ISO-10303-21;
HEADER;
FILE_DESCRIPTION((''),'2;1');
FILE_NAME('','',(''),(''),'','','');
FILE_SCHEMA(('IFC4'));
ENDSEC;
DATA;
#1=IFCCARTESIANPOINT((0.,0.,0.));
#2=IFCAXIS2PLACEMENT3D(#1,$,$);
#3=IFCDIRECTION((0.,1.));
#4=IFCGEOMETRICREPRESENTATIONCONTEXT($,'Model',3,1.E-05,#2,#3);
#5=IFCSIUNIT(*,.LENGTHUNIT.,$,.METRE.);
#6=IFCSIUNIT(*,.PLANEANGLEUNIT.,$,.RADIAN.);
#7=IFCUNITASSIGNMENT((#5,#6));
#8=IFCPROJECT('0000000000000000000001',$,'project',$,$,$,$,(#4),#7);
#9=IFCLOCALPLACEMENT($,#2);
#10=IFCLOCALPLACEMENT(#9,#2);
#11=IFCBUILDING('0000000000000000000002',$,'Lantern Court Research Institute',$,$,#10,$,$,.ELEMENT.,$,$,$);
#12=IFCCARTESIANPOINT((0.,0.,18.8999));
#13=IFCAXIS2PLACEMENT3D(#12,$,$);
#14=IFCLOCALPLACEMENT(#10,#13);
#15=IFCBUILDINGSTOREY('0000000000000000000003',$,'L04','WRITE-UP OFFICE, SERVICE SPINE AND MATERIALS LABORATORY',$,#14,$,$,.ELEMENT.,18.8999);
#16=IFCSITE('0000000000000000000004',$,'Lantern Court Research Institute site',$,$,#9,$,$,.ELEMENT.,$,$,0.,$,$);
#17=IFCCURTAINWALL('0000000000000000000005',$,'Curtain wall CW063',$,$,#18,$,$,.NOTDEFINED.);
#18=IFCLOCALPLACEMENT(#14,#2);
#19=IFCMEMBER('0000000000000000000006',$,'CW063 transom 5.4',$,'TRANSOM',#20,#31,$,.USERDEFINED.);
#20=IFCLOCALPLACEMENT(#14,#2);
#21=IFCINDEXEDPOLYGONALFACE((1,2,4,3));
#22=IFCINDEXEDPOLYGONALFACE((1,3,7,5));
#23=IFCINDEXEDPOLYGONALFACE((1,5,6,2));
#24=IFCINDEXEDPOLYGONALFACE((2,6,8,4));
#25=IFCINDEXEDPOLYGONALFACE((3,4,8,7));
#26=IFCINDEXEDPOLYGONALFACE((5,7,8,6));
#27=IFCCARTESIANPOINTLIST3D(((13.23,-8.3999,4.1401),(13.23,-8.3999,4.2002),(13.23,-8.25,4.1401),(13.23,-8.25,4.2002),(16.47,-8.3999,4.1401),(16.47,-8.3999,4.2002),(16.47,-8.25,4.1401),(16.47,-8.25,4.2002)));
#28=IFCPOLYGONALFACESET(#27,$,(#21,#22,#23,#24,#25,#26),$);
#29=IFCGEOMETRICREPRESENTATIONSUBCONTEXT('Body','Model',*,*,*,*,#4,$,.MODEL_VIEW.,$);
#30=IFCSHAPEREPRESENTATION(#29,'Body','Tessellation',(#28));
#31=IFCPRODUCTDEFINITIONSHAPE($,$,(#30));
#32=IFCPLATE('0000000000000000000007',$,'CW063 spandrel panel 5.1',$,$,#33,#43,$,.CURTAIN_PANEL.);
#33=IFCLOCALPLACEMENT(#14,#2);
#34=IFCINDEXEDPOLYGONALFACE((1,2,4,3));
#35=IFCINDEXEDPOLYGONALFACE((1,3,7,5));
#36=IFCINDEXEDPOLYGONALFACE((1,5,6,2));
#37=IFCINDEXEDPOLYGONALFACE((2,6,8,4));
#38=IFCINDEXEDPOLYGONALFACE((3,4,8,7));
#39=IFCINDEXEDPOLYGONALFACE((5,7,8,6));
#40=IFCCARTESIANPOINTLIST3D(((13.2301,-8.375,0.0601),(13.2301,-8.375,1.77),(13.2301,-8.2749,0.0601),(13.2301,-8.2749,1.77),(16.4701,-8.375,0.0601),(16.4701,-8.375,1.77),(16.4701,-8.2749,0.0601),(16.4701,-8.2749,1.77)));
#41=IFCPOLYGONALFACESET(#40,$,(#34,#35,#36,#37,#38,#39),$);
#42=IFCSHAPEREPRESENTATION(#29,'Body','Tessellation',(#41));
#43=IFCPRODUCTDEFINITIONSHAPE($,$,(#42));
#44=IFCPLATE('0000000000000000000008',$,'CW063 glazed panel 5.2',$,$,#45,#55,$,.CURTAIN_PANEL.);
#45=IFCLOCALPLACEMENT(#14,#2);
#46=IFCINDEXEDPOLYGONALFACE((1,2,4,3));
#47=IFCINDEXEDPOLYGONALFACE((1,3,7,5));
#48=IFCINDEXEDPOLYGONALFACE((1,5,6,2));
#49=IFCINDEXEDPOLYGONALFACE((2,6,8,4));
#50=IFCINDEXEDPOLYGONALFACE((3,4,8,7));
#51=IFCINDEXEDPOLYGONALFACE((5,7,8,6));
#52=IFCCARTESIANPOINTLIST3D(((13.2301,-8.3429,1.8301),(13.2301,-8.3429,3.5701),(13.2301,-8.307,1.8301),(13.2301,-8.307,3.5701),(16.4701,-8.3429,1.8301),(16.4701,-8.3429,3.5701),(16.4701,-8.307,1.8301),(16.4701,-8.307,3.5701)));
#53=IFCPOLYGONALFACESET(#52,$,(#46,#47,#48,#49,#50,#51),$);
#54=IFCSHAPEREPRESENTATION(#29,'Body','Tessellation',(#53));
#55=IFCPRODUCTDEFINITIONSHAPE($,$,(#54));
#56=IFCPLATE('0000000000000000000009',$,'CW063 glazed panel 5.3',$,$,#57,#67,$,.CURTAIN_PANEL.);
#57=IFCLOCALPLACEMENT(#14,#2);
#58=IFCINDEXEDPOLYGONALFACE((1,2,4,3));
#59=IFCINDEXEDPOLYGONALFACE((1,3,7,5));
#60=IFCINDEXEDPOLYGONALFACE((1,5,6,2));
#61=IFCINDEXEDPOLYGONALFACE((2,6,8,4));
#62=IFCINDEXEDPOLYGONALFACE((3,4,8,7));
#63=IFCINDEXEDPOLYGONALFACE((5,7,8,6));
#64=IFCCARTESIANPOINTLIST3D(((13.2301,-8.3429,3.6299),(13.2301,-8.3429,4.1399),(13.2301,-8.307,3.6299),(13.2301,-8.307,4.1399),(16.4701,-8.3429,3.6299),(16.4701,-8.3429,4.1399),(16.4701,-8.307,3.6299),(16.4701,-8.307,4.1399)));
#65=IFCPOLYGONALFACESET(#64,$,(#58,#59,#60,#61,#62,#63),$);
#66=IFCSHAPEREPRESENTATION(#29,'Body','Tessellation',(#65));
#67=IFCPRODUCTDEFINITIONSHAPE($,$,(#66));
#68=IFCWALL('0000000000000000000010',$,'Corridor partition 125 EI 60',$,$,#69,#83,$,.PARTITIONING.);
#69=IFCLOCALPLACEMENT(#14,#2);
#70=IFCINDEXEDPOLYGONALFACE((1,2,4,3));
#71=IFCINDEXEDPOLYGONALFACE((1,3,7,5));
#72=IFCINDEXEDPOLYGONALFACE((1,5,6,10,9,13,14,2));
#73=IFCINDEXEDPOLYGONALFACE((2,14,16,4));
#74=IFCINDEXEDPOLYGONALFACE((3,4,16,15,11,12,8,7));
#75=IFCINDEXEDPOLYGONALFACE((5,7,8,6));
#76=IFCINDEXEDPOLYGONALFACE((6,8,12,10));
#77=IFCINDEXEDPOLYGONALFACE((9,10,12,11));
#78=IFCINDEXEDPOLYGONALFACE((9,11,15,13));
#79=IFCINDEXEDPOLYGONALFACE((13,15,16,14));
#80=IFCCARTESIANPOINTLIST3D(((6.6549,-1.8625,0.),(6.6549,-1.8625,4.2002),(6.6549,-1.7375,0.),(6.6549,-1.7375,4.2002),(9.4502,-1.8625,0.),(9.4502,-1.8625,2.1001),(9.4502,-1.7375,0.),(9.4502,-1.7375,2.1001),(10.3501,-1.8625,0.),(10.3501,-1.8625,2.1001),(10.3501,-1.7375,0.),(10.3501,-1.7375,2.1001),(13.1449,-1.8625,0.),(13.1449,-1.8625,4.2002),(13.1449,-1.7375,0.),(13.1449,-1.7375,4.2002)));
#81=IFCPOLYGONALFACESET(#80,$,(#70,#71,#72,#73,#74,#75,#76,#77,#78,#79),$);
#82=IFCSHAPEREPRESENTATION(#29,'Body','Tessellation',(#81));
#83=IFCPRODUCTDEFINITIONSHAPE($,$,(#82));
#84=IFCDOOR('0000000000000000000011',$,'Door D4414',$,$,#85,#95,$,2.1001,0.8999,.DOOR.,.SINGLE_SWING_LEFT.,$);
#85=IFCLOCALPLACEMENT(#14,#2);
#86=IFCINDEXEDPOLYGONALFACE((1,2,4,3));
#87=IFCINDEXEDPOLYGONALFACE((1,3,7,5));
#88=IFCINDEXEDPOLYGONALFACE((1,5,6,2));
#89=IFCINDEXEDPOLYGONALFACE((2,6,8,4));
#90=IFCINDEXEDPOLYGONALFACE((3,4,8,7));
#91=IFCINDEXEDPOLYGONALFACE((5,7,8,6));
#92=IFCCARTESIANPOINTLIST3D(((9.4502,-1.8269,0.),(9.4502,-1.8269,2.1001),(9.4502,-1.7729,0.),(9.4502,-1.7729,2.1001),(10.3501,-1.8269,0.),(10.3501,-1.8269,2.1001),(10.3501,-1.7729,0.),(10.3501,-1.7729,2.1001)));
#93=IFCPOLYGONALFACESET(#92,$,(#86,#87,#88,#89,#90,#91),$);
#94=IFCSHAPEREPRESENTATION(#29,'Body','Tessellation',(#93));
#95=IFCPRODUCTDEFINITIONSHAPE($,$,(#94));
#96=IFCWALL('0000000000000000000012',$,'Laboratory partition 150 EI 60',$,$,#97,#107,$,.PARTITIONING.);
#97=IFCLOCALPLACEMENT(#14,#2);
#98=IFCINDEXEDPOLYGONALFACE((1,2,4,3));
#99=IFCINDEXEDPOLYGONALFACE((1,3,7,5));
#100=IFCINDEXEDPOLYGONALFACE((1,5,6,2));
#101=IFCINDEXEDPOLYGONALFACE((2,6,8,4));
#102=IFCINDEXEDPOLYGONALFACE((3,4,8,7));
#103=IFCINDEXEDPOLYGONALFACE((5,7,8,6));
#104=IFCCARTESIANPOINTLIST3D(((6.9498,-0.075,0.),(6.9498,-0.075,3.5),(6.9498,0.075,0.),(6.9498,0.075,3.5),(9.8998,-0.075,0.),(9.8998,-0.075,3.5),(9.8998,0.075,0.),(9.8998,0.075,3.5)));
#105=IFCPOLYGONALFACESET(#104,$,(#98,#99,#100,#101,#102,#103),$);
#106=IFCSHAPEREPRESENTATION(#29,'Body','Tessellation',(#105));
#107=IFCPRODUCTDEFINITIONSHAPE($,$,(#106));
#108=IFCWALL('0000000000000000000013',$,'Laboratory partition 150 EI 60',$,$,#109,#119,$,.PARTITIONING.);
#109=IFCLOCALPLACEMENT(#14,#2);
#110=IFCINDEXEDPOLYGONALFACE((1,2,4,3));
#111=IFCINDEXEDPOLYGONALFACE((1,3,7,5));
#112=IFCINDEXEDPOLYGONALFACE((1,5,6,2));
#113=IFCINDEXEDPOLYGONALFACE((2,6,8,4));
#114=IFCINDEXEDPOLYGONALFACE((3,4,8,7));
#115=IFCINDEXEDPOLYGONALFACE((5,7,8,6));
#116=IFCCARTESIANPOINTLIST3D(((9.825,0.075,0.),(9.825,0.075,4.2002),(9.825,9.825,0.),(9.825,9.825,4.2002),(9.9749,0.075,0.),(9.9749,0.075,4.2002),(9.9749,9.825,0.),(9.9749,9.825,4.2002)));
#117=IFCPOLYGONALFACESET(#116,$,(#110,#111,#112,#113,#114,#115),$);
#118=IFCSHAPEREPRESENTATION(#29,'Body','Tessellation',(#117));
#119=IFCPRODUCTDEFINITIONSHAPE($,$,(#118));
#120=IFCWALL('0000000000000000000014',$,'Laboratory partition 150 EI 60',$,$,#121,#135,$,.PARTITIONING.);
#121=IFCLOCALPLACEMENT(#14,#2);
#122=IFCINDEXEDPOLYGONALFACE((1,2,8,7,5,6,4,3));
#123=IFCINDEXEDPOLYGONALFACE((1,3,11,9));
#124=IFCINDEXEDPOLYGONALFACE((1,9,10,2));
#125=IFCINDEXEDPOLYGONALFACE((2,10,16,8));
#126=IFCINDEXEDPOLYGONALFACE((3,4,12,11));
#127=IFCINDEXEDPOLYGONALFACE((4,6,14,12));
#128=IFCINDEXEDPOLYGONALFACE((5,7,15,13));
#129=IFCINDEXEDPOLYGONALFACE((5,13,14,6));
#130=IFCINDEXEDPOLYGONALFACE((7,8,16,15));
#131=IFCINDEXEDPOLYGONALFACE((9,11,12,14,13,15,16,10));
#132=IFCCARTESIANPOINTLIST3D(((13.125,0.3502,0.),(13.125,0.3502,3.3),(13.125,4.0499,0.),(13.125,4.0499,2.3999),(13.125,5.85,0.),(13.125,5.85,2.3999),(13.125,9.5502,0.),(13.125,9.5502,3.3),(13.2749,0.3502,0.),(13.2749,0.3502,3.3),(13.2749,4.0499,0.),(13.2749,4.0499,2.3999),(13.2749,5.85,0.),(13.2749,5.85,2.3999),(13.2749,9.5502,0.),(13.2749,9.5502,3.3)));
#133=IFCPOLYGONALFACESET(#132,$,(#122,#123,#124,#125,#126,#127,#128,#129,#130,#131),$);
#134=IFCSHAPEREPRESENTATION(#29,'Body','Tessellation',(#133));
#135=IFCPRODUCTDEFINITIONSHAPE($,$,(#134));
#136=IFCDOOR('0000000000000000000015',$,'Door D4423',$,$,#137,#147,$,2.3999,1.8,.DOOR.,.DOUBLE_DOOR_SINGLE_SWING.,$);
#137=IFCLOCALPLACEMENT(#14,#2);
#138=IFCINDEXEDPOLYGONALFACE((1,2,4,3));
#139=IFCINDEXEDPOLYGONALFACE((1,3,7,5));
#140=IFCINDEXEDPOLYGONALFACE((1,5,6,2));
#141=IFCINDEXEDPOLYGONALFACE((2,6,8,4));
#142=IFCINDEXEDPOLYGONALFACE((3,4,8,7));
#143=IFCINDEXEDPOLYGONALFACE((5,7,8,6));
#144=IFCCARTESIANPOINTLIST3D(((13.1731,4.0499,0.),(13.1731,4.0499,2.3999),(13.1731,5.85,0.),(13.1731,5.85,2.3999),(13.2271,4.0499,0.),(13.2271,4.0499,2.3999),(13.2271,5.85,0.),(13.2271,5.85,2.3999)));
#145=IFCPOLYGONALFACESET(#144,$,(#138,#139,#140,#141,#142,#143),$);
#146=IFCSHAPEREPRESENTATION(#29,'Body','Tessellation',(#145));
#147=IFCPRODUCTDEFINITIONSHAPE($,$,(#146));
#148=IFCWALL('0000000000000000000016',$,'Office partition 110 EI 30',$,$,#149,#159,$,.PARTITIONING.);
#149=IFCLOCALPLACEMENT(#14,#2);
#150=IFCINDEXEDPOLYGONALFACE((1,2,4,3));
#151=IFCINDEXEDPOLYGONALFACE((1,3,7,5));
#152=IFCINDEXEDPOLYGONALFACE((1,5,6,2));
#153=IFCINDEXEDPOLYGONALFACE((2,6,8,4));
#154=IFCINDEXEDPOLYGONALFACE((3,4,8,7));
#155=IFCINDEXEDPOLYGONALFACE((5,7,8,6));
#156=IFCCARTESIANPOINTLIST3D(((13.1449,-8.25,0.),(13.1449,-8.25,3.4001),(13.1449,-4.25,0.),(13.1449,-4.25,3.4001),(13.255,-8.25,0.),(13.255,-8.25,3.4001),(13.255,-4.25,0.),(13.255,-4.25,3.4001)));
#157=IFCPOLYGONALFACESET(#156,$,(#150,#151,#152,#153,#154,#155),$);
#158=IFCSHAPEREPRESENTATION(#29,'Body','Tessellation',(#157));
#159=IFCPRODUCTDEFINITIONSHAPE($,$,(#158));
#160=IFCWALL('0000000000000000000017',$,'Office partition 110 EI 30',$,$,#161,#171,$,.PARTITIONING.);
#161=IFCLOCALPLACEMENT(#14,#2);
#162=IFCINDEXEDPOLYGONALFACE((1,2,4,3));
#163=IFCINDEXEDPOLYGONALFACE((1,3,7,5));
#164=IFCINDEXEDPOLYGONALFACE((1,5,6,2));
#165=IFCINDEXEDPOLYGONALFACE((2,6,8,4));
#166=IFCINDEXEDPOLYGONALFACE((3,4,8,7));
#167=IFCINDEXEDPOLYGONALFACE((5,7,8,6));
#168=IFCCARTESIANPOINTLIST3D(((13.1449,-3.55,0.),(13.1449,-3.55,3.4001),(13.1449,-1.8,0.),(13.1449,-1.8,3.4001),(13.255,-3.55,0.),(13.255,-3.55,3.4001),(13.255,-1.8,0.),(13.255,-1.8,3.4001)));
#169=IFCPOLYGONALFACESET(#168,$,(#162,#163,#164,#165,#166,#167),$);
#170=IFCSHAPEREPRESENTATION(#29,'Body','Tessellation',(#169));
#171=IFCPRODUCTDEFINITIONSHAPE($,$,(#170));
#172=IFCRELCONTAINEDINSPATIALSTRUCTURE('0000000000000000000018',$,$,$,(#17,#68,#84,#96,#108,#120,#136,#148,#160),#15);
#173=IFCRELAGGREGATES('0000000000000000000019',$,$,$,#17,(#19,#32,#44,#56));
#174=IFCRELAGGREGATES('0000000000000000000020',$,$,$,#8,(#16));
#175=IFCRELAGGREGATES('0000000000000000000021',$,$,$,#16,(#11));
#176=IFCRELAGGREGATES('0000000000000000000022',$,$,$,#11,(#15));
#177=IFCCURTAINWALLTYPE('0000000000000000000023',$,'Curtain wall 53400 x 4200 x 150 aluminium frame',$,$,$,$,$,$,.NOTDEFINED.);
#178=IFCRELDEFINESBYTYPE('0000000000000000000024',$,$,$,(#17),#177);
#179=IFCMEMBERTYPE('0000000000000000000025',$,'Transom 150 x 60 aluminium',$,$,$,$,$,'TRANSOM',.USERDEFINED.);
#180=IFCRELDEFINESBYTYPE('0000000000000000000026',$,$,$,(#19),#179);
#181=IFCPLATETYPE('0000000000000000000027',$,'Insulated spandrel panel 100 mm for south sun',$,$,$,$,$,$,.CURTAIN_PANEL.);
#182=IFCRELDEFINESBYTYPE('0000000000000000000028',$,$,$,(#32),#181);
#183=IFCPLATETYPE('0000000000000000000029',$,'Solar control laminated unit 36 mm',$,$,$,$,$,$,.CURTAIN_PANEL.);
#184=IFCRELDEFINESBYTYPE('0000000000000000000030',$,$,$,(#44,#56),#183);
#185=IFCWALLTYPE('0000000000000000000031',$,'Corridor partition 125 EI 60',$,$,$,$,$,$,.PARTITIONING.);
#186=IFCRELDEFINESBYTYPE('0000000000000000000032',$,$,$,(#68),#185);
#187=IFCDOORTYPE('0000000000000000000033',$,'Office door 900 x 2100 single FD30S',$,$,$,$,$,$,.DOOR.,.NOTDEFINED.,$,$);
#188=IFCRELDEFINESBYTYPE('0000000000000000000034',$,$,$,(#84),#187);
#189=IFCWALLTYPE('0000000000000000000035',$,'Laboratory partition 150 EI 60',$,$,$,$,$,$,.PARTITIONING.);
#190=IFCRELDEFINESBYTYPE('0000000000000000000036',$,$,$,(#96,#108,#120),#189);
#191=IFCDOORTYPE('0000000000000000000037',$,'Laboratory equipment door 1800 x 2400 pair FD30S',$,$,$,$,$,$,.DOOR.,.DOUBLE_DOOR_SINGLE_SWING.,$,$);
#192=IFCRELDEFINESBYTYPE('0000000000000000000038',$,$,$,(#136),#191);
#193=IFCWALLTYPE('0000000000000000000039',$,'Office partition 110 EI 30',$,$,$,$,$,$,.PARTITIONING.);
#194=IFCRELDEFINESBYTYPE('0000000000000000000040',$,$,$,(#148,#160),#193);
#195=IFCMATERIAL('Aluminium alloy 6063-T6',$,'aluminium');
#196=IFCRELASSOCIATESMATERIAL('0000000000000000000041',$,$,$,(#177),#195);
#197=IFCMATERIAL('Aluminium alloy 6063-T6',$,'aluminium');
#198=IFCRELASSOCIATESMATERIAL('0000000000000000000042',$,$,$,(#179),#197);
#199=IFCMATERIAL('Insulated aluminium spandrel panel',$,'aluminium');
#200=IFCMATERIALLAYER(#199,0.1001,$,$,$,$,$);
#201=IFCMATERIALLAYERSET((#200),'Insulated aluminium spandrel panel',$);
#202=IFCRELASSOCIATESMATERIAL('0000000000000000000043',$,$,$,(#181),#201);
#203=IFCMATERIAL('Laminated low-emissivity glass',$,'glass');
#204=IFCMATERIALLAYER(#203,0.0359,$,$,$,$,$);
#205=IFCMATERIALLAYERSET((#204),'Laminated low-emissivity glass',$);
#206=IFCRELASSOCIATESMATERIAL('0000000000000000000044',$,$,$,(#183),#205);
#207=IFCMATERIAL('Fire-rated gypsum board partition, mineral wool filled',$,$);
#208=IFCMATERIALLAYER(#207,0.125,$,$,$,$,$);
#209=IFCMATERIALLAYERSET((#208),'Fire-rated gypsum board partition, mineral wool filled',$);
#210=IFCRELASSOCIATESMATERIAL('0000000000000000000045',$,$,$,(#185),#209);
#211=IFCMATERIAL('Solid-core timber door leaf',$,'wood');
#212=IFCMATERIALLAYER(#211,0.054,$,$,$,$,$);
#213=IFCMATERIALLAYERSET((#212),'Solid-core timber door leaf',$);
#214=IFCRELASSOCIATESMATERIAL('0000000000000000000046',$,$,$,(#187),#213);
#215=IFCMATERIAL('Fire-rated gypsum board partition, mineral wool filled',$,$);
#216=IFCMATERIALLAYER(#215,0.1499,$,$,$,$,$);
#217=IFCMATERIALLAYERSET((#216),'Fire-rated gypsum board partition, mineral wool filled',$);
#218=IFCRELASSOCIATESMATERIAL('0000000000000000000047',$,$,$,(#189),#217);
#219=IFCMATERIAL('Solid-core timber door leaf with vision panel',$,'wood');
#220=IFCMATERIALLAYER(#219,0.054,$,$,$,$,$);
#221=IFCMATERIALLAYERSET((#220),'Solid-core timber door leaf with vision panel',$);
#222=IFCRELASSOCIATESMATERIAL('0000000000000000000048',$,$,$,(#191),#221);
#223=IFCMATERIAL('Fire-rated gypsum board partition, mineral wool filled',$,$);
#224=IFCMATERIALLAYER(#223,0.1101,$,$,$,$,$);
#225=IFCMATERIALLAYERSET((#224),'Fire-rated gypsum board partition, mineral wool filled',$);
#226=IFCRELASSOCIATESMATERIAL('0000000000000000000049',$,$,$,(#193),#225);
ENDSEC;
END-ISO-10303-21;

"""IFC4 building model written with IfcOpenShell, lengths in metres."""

from ifc_helpers import new_model, si_unit, direction, frame, frame_2d, origin, origin_2d, place, context, subcontext, project, spatial, rectangle, extrude, material, layer, layer_set, material_profile, profile_set, type_object, element, fill, aggregate, save


model = new_model("IFC4")

# Units and contexts
model_context = context("Model", 3, precision=1e-05, world=origin(), true_north=direction((0.0, 1.0)))
body_context = subcontext(model_context, "Body", "Model", "MODEL_VIEW")
ifc_project = project(units=[si_unit("LENGTHUNIT", "METRE"), si_unit("PLANEANGLEUNIT", "RADIAN")], contexts=[model_context])

# Site, building, storey
site_placement = place(None, origin())
site = spatial("IfcSite", under=ifc_project, at=site_placement, Name="Lantern Court Research Institute site", CompositionType="ELEMENT", RefElevation=0.0)
building_placement = place(site_placement, origin())
building = spatial("IfcBuilding", under=site, at=building_placement, Name="Lantern Court Research Institute", CompositionType="ELEMENT")
storey_placement = place(building_placement, frame((0.0, 0.0, 18.8999)))
storey = spatial("IfcBuildingStorey", under=building, at=storey_placement, Name="L04", Description="WRITE-UP OFFICE, SERVICE SPINE AND MATERIALS LABORATORY", CompositionType="ELEMENT", Elevation=18.8999)

# Curtain wall
ifc_material_1 = material(Name="Aluminium alloy 6063-T6", Category="aluminium")
curtain_wall_type = type_object("IfcCurtainWallType", Name="Curtain wall 53400 x 4200 x 150 aluminium frame", PredefinedType="NOTDEFINED", material=ifc_material_1)
curtain_wall_placement = place(storey_placement, origin())
curtain_wall = element("IfcCurtainWall", 1, at=curtain_wall_placement, inside=storey, type_object=curtain_wall_type, Name="Curtain wall CW063", PredefinedType="NOTDEFINED")

# Member
ifc_material_2 = material(Name="Aluminium alloy 6063-T6", Category="aluminium")
ifc_material_profile_1 = material_profile(ifc_material_2, rectangle(XDim=0.1499, YDim=0.0601, at=origin_2d()), Name="Transom 150 x 60")
ifc_profile_set_1 = profile_set([ifc_material_profile_1], Name="Aluminium alloy 6063-T6")
member_type_1 = type_object("IfcMemberType", Name="Transom 150 x 60 aluminium", ElementType="TRANSOM", PredefinedType="USERDEFINED", material=ifc_profile_set_1)
member_1_placement = place(storey_placement, frame((16.47, -8.325, 4.1702), z_axis=(-1.0, 0.0, 0.0), x_axis=(0.0, -1.0, 0.0)))
member_1 = element("IfcMember", 2, at=member_1_placement, type_object=member_type_1, Name="CW063 transom 5.4", ObjectType="TRANSOM", PredefinedType="USERDEFINED", context=body_context, shape_type="SweptSolid", body=[
    extrude(rectangle(XDim=0.1499, YDim=0.0601, at=origin_2d()), origin(), (0.0, 0.0, 1.0), 3.24),
])

# Plates
ifc_material_3 = material(Name="Insulated aluminium spandrel panel", Category="aluminium")
ifc_layer_1 = layer(ifc_material_3, 0.1001)
ifc_layer_set_1 = layer_set([ifc_layer_1], Name="Insulated aluminium spandrel panel")
plate_type_1 = type_object("IfcPlateType", Name="Insulated spandrel panel 100 mm for south sun", PredefinedType="CURTAIN_PANEL", material=ifc_layer_set_1)
plate_1_placement = place(storey_placement, frame((14.8501, -8.325, 0.0601), z_axis=(0.0, 0.0, 1.0), x_axis=(-1.0, 0.0, 0.0)))
plate_1 = element("IfcPlate", 3, at=plate_1_placement, type_object=plate_type_1, Name="CW063 spandrel panel 5.1", PredefinedType="CURTAIN_PANEL", context=body_context, shape_type="SweptSolid", body=[
    extrude(rectangle(XDim=3.24, YDim=0.1001, at=origin_2d()), origin(), (0.0, 0.0, 1.0), 1.71),
])
ifc_material_4 = material(Name="Laminated low-emissivity glass", Category="glass")
ifc_layer_2 = layer(ifc_material_4, 0.0359)
ifc_layer_set_2 = layer_set([ifc_layer_2], Name="Laminated low-emissivity glass")
plate_type_2 = type_object("IfcPlateType", Name="Solar control laminated unit 36 mm", PredefinedType="CURTAIN_PANEL", material=ifc_layer_set_2)
plate_2_placement = place(storey_placement, frame((14.8501, -8.325, 1.8301), z_axis=(0.0, 0.0, 1.0), x_axis=(-1.0, 0.0, 0.0)))
plate_2 = element("IfcPlate", 4, at=plate_2_placement, type_object=plate_type_2, Name="CW063 glazed panel 5.2", PredefinedType="CURTAIN_PANEL", context=body_context, shape_type="SweptSolid", body=[
    extrude(rectangle(XDim=3.24, YDim=0.0359, at=origin_2d()), origin(), (0.0, 0.0, 1.0), 1.74),
])
plate_3_placement = place(storey_placement, frame((14.8501, -8.325, 3.6299), z_axis=(0.0, 0.0, 1.0), x_axis=(-1.0, 0.0, 0.0)))
plate_3 = element("IfcPlate", 5, at=plate_3_placement, type_object=plate_type_2, Name="CW063 glazed panel 5.3", PredefinedType="CURTAIN_PANEL", context=body_context, shape_type="SweptSolid", body=[
    extrude(rectangle(XDim=3.24, YDim=0.0359, at=origin_2d()), origin(), (0.0, 0.0, 1.0), 0.51),
])
aggregate(curtain_wall, [member_1, plate_1, plate_2, plate_3])

# Wall, opening, door
ifc_material_5 = material(Name="Fire-rated gypsum board partition, mineral wool filled")
ifc_layer_3 = layer(ifc_material_5, 0.125)
ifc_layer_set_3 = layer_set([ifc_layer_3], Name="Fire-rated gypsum board partition, mineral wool filled")
wall_type_1 = type_object("IfcWallType", Name="Corridor partition 125 EI 60", PredefinedType="PARTITIONING", material=ifc_layer_set_3)
wall_1_placement = place(storey_placement, frame((13.145, -1.8, 0.0), z_axis=(0.0, 0.0, 1.0), x_axis=(-1.0, 0.0, 0.0)))
wall_1 = element("IfcWall", 6, at=wall_1_placement, inside=storey, type_object=wall_type_1, Name="Corridor partition 125 EI 60", PredefinedType="PARTITIONING", context=body_context, shape_type="SweptSolid", body=[
    extrude(rectangle(XDim=6.49, YDim=0.125, at=frame_2d((3.2451, 0.0))), origin(), (0.0, 0.0, 1.0), 4.2002),
])
opening_1_placement = place(wall_1_placement, frame((2.7949, 0.0, 0.0)))
opening_1 = element("IfcOpeningElement", 7, at=opening_1_placement, cuts=wall_1, PredefinedType="OPENING", context=body_context, shape_type="SweptSolid", body=[
    extrude(rectangle(XDim=0.8999, YDim=2.1001, at=frame_2d((0.45, 1.05))), frame((0.0, 0.0725, 0.0), z_axis=(0.0, -1.0, 0.0), x_axis=(1.0, 0.0, 0.0)), (0.0, 0.0, 1.0), 0.145),
])
ifc_material_6 = material(Name="Solid-core timber door leaf", Category="wood")
ifc_layer_4 = layer(ifc_material_6, 0.054)
ifc_layer_set_4 = layer_set([ifc_layer_4], Name="Solid-core timber door leaf")
door_type_1 = type_object("IfcDoorType", Name="Office door 900 x 2100 single FD30S", OperationType="NOTDEFINED", PredefinedType="DOOR", material=ifc_layer_set_4)
door_1_placement = place(opening_1_placement, origin())
door_1 = element("IfcDoor", 8, at=door_1_placement, inside=storey, type_object=door_type_1, Name="Door D4414", OperationType="SINGLE_SWING_LEFT", OverallHeight=2.1001, OverallWidth=0.8999, PredefinedType="DOOR", context=body_context, shape_type="SweptSolid", body=[
    extrude(rectangle(XDim=0.8999, YDim=2.1001, at=frame_2d((0.45, 1.05))), frame((0.0, 0.0269, 0.0), z_axis=(0.0, -1.0, 0.0), x_axis=(1.0, 0.0, 0.0)), (0.0, 0.0, 1.0), 0.054),
])
fill(opening_1, door_1)

# Walls
ifc_material_7 = material(Name="Fire-rated gypsum board partition, mineral wool filled")
ifc_layer_5 = layer(ifc_material_7, 0.1499)
ifc_layer_set_5 = layer_set([ifc_layer_5], Name="Fire-rated gypsum board partition, mineral wool filled")
wall_type_2 = type_object("IfcWallType", Name="Laboratory partition 150 EI 60", PredefinedType="PARTITIONING", material=ifc_layer_set_5)
wall_2_placement = place(storey_placement, frame((9.8999, 0.0, 0.0), z_axis=(0.0, 0.0, 1.0), x_axis=(-1.0, 0.0, 0.0)))
element("IfcWall", 9, at=wall_2_placement, inside=storey, type_object=wall_type_2, Name="Laboratory partition 150 EI 60", PredefinedType="PARTITIONING", context=body_context, shape_type="SweptSolid", body=[
    extrude(rectangle(XDim=2.95, YDim=0.1499, at=frame_2d((1.4751, 0.0))), origin(), (0.0, 0.0, 1.0), 3.5),
])
wall_3_placement = place(storey_placement, frame((9.8999, 0.075, 0.0), z_axis=(0.0, 0.0, 1.0), x_axis=(0.0, 1.0, 0.0)))
element("IfcWall", 10, at=wall_3_placement, inside=storey, type_object=wall_type_2, Name="Laboratory partition 150 EI 60", PredefinedType="PARTITIONING", context=body_context, shape_type="SweptSolid", body=[
    extrude(rectangle(XDim=9.75, YDim=0.1499, at=frame_2d((4.875, 0.0))), origin(), (0.0, 0.0, 1.0), 4.2002),
])

# Wall, opening, door
wall_4_placement = place(storey_placement, frame((13.2, 0.3501, 0.0), z_axis=(0.0, 0.0, 1.0), x_axis=(0.0, 1.0, 0.0)))
wall_4 = element("IfcWall", 11, at=wall_4_placement, inside=storey, type_object=wall_type_2, Name="Laboratory partition 150 EI 60", PredefinedType="PARTITIONING", context=body_context, shape_type="SweptSolid", body=[
    extrude(rectangle(XDim=9.2, YDim=0.1499, at=frame_2d((4.6001, 0.0))), origin(), (0.0, 0.0, 1.0), 3.3),
])
opening_2_placement = place(wall_4_placement, frame((3.7, 0.0, 0.0)))
opening_2 = element("IfcOpeningElement", 12, at=opening_2_placement, cuts=wall_4, PredefinedType="OPENING", context=body_context, shape_type="SweptSolid", body=[
    extrude(rectangle(XDim=1.8, YDim=2.3999, at=frame_2d((0.8999, 1.2))), frame((0.0, 0.085, 0.0), z_axis=(0.0, -1.0, 0.0), x_axis=(1.0, 0.0, 0.0)), (0.0, 0.0, 1.0), 0.1699),
])
ifc_material_8 = material(Name="Solid-core timber door leaf with vision panel", Category="wood")
ifc_layer_6 = layer(ifc_material_8, 0.054)
ifc_layer_set_6 = layer_set([ifc_layer_6], Name="Solid-core timber door leaf with vision panel")
door_type_2 = type_object("IfcDoorType", Name="Laboratory equipment door 1800 x 2400 pair FD30S", OperationType="DOUBLE_DOOR_SINGLE_SWING", PredefinedType="DOOR", material=ifc_layer_set_6)
door_2_placement = place(opening_2_placement, origin())
door_2 = element("IfcDoor", 13, at=door_2_placement, inside=storey, type_object=door_type_2, Name="Door D4423", OperationType="DOUBLE_DOOR_SINGLE_SWING", OverallHeight=2.3999, OverallWidth=1.8, PredefinedType="DOOR", context=body_context, shape_type="SweptSolid", body=[
    extrude(rectangle(XDim=1.8, YDim=2.3999, at=frame_2d((0.8999, 1.2))), frame((0.0, 0.0269, 0.0), z_axis=(0.0, -1.0, 0.0), x_axis=(1.0, 0.0, 0.0)), (0.0, 0.0, 1.0), 0.054),
])
fill(opening_2, door_2)

# Walls
ifc_material_9 = material(Name="Fire-rated gypsum board partition, mineral wool filled")
ifc_layer_7 = layer(ifc_material_9, 0.1101)
ifc_layer_set_7 = layer_set([ifc_layer_7], Name="Fire-rated gypsum board partition, mineral wool filled")
wall_type_3 = type_object("IfcWallType", Name="Office partition 110 EI 30", PredefinedType="PARTITIONING", material=ifc_layer_set_7)
wall_5_placement = place(storey_placement, frame((13.2, -8.25, 0.0), z_axis=(0.0, 0.0, 1.0), x_axis=(0.0, 1.0, 0.0)))
element("IfcWall", 14, at=wall_5_placement, inside=storey, type_object=wall_type_3, Name="Office partition 110 EI 30", PredefinedType="PARTITIONING", context=body_context, shape_type="SweptSolid", body=[
    extrude(rectangle(XDim=4.0, YDim=0.1101, at=frame_2d((2.0, 0.0))), origin(), (0.0, 0.0, 1.0), 3.4001),
])
wall_6_placement = place(storey_placement, frame((13.2, -3.55, 0.0), z_axis=(0.0, 0.0, 1.0), x_axis=(0.0, 1.0, 0.0)))
element("IfcWall", 15, at=wall_6_placement, inside=storey, type_object=wall_type_3, Name="Office partition 110 EI 30", PredefinedType="PARTITIONING", context=body_context, shape_type="SweptSolid", body=[
    extrude(rectangle(XDim=1.75, YDim=0.1101, at=frame_2d((0.875, 0.0))), origin(), (0.0, 0.0, 1.0), 3.4001),
])

save(model, "model.ifc")
